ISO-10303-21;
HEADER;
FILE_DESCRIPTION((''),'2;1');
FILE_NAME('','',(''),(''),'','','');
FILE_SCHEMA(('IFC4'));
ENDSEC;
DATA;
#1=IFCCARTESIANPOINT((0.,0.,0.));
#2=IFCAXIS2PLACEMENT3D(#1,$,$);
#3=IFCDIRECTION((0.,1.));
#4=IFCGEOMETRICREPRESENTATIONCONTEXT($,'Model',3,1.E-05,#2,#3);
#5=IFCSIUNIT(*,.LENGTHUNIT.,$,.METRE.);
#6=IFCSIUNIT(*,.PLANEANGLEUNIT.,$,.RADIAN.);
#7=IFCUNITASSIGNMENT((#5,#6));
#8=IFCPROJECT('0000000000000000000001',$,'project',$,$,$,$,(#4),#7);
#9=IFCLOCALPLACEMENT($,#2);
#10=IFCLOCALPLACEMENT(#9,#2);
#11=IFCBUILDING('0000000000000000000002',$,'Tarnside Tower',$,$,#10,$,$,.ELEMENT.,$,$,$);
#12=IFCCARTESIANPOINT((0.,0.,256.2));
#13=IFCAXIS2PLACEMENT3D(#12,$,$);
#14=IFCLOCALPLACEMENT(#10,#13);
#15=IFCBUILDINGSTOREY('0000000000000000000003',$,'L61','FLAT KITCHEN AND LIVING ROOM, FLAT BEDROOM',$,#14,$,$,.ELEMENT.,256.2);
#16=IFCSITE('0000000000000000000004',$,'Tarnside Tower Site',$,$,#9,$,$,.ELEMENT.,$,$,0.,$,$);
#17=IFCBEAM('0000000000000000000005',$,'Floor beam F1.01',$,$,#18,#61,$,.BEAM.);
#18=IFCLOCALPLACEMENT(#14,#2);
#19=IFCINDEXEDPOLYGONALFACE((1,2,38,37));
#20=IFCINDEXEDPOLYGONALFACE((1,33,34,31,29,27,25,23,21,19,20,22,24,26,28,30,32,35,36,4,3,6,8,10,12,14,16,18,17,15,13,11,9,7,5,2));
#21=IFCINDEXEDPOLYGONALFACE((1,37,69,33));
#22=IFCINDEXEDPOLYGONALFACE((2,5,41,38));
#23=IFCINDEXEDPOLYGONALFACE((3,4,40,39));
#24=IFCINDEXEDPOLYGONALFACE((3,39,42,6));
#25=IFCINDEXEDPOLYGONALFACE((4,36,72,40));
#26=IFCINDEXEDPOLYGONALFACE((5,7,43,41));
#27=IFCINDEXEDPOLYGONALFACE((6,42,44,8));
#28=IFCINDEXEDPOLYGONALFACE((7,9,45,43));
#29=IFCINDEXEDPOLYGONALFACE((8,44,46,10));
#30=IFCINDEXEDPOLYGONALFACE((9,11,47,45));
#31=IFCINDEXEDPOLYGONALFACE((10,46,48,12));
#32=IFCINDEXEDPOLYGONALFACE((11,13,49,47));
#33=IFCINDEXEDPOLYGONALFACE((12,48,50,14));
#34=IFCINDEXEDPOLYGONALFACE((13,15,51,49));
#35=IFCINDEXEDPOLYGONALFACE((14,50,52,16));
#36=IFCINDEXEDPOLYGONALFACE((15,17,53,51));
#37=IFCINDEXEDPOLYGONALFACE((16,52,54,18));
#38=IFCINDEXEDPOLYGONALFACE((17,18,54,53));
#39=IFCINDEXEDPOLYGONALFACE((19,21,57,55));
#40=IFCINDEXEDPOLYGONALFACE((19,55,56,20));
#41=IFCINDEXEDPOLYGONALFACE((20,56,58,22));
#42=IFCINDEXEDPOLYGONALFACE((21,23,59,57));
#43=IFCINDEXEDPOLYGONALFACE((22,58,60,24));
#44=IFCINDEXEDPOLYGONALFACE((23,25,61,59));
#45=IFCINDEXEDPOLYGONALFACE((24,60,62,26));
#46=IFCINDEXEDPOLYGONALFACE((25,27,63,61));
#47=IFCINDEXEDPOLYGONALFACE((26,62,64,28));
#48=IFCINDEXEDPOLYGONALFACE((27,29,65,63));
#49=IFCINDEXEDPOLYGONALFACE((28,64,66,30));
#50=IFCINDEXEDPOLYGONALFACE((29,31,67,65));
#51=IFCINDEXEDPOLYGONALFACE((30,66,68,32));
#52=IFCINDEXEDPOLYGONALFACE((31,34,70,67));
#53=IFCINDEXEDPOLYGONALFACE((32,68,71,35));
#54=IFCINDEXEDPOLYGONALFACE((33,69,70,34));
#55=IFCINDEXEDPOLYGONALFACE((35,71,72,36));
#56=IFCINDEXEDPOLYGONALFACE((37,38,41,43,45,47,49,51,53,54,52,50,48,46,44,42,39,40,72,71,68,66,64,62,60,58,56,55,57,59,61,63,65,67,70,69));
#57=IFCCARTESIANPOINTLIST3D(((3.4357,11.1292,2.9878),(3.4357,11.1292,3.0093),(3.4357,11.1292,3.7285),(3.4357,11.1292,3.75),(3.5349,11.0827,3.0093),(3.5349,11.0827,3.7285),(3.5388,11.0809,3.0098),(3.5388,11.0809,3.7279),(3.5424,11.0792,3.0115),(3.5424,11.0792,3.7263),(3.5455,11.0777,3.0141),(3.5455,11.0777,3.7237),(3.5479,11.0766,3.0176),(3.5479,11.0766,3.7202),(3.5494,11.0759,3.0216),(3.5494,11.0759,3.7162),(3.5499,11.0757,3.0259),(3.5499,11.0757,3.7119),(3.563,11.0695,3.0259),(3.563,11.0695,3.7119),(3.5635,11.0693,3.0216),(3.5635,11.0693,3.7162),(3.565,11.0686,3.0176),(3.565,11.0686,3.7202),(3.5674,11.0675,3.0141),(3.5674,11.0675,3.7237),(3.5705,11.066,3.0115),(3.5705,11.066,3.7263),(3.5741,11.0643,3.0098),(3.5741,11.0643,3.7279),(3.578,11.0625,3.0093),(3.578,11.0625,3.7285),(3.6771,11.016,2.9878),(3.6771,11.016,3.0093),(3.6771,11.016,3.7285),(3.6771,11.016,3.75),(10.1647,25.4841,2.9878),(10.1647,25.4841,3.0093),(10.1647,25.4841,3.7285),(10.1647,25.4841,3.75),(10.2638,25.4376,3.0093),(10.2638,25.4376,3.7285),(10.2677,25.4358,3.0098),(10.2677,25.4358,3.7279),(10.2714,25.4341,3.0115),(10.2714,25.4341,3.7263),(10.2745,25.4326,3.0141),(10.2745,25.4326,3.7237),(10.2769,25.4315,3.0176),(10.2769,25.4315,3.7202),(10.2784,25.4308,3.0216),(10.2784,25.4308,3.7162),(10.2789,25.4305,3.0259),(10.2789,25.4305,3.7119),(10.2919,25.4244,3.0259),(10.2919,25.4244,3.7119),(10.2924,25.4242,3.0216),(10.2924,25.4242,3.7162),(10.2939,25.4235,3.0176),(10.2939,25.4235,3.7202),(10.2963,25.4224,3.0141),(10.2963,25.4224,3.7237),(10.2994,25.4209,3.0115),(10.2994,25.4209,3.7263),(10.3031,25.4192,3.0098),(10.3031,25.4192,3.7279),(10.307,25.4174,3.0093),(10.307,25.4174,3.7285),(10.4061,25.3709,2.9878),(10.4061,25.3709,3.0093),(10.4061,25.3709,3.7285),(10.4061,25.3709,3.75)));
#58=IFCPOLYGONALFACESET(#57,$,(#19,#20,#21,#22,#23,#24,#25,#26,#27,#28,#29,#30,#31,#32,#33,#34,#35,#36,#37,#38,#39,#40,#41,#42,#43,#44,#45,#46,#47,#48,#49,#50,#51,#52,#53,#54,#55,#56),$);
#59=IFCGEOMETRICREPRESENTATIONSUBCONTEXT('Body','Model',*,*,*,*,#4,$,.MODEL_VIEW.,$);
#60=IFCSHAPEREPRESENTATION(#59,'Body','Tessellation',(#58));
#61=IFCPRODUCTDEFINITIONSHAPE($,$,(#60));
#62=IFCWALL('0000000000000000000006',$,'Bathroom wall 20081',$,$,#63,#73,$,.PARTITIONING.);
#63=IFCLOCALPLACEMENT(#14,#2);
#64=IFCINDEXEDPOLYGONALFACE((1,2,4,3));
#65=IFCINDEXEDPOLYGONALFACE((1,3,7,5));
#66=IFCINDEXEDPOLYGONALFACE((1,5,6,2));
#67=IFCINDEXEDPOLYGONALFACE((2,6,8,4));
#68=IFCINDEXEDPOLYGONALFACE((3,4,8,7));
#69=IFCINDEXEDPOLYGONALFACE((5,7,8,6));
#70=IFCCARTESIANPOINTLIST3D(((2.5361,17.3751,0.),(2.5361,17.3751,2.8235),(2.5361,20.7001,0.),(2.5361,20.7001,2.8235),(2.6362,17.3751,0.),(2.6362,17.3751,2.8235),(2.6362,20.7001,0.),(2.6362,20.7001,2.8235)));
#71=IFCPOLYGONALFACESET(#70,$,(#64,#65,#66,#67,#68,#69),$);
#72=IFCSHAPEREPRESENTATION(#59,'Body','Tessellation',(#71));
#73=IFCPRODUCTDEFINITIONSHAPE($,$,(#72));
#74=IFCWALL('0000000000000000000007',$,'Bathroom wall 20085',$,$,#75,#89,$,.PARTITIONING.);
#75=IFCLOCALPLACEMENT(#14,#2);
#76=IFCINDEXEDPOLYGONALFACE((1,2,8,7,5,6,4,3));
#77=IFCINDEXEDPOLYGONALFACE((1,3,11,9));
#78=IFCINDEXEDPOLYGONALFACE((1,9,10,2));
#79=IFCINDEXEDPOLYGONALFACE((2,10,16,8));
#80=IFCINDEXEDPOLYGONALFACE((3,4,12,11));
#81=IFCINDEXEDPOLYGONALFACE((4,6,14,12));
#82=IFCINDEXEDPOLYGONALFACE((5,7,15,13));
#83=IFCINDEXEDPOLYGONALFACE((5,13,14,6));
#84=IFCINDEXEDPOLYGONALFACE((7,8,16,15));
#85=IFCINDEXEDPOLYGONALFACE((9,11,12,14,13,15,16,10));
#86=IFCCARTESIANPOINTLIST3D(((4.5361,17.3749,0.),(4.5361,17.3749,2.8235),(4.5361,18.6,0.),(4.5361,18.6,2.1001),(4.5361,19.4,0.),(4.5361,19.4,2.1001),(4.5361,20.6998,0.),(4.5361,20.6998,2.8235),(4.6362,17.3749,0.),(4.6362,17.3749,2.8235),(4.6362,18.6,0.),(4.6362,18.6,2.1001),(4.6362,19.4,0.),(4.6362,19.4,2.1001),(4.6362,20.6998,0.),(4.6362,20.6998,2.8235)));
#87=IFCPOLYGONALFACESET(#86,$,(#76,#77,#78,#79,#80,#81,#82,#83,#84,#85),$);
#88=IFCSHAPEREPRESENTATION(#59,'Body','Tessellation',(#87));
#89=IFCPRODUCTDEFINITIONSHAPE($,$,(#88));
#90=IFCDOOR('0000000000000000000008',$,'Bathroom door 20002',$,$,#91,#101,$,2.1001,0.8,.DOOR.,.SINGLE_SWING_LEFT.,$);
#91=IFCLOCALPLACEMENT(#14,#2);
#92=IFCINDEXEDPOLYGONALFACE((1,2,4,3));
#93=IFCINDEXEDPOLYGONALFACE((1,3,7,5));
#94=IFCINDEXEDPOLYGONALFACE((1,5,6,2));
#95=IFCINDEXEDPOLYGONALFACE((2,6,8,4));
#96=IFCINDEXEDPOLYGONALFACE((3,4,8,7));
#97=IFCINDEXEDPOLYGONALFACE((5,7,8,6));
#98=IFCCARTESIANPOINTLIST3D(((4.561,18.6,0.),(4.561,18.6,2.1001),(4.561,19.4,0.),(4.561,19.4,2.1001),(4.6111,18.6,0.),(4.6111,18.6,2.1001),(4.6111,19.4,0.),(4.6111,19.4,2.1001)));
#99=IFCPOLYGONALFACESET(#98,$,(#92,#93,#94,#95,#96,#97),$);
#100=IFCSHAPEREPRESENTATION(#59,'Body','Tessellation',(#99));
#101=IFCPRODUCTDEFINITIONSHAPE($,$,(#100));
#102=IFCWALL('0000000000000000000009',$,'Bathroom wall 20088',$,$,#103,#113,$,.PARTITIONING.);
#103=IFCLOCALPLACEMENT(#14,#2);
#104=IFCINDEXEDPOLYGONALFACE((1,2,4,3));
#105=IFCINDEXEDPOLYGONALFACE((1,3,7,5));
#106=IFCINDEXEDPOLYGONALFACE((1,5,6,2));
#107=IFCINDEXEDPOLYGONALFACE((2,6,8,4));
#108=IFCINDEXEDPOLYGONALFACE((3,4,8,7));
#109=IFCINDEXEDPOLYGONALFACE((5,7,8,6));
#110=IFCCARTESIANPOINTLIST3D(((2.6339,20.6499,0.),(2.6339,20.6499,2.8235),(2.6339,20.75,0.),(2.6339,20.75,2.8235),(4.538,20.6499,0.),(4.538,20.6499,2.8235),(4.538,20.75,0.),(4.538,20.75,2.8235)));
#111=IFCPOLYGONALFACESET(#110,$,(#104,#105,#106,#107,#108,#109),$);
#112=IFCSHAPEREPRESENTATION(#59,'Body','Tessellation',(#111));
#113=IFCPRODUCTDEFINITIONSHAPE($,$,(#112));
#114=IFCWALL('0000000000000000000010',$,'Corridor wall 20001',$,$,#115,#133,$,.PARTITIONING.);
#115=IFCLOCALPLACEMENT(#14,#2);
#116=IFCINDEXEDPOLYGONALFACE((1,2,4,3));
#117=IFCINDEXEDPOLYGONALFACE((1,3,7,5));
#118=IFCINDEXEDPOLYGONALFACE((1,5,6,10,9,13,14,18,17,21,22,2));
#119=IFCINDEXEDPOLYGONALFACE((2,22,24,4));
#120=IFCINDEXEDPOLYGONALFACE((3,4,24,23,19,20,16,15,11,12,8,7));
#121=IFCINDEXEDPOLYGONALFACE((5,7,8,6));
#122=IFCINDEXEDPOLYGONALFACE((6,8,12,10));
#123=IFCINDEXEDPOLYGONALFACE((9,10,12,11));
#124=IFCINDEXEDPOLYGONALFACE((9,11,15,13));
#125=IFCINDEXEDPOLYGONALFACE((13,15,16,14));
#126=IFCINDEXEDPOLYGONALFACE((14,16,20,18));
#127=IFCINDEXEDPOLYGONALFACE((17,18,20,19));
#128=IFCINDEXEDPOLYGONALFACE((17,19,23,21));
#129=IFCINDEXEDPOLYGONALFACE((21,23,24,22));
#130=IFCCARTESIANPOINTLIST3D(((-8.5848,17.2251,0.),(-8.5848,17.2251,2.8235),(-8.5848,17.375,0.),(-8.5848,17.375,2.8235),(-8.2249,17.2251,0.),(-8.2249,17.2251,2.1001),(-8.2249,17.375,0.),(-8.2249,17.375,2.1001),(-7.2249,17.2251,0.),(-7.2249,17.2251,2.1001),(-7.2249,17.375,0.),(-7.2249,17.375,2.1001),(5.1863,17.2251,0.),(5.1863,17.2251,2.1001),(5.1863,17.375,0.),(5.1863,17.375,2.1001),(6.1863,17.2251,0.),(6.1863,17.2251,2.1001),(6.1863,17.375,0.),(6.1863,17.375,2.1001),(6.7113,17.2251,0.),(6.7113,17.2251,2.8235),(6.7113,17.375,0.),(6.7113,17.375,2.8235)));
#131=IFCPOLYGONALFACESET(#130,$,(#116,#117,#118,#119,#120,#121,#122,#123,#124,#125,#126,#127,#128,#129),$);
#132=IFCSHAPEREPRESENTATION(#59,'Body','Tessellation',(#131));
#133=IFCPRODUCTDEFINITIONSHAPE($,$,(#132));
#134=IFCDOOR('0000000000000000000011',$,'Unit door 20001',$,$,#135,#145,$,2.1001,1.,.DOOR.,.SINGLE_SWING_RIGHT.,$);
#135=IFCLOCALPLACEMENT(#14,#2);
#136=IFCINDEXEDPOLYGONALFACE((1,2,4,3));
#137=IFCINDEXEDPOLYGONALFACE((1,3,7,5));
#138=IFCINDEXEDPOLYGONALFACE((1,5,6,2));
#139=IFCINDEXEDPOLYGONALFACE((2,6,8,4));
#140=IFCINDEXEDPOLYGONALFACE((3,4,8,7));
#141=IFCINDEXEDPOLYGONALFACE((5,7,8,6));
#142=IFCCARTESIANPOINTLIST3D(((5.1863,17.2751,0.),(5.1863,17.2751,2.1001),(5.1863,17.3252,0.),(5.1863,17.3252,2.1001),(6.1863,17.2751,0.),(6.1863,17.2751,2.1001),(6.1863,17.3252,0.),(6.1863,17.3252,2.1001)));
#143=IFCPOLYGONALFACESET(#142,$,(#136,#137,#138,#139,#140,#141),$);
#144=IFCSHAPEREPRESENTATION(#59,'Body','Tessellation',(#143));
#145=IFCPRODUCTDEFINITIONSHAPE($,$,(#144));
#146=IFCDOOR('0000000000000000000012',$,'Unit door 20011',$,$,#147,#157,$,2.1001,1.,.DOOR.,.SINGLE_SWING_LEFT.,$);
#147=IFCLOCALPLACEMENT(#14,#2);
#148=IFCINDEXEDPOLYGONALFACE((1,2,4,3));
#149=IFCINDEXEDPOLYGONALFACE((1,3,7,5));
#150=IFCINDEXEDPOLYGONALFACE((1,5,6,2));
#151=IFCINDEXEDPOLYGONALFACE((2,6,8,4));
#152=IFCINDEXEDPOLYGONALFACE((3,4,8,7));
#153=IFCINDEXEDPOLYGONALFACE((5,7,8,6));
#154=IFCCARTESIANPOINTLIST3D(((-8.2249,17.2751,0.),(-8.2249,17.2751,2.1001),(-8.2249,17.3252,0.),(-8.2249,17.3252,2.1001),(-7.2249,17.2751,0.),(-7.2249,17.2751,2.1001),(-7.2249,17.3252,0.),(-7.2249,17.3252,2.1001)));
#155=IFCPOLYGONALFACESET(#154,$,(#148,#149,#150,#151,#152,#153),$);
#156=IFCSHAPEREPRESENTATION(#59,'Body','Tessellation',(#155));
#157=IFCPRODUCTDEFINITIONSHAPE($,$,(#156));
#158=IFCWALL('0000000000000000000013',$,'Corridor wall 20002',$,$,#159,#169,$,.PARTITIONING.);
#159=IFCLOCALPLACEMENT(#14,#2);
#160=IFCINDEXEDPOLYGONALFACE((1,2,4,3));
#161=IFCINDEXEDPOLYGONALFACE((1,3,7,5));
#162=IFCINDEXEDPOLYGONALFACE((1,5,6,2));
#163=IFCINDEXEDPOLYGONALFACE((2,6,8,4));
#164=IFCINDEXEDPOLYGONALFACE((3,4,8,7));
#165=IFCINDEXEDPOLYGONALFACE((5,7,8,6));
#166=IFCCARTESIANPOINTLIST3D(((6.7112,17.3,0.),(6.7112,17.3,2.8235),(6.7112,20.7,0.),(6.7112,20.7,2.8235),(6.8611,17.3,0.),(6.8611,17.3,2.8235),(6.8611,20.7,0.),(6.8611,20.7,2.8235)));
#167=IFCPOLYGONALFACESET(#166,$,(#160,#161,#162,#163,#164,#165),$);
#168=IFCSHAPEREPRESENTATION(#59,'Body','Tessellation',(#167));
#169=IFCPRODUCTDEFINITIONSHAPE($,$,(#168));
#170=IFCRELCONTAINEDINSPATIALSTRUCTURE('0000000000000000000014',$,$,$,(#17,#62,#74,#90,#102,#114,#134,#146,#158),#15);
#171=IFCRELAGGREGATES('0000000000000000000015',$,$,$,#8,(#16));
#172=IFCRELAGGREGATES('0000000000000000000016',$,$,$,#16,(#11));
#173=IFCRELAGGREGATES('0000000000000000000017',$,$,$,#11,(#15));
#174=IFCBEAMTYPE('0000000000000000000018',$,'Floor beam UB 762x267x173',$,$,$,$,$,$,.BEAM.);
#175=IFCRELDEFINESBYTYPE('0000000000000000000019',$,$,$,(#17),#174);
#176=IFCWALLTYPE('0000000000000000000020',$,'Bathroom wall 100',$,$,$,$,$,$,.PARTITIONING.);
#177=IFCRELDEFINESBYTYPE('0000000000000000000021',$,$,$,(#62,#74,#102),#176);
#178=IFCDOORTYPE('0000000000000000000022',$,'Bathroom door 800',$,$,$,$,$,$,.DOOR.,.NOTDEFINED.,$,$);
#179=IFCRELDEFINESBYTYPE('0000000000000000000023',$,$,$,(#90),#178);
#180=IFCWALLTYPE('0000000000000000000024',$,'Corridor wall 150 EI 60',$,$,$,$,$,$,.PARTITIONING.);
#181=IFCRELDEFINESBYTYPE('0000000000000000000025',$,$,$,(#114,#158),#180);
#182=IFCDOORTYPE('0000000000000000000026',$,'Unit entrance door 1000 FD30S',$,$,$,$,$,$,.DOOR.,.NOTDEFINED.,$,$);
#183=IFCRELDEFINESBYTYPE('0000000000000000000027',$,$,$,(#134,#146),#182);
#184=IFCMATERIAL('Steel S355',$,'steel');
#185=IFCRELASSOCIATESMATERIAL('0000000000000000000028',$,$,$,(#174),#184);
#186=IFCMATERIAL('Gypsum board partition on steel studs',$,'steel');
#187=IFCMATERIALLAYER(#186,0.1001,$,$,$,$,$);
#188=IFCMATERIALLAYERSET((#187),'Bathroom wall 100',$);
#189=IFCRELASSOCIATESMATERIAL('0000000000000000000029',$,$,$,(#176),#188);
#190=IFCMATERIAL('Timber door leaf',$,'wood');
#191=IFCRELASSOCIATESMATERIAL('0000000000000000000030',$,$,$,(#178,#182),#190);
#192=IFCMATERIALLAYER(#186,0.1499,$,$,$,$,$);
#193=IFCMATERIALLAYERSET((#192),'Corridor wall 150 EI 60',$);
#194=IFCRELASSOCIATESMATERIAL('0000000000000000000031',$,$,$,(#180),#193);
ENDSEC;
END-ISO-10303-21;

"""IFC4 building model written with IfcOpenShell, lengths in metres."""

from ifc_helpers import new_model, si_unit, direction, frame, frame_2d, origin, origin_2d, place, context, subcontext, project, spatial, rectangle, i_section, extrude, material, layer, layer_set, material_profile, profile_set, type_object, element, fill, save


model = new_model("IFC4")

# Units and contexts
model_context = context("Model", 3, precision=1e-05, world=origin(), true_north=direction((0.0, 1.0)))
body_context = subcontext(model_context, "Body", "Model", "MODEL_VIEW")
ifc_project = project(units=[si_unit("LENGTHUNIT", "METRE"), si_unit("PLANEANGLEUNIT", "RADIAN")], contexts=[model_context])

# Site, building, storey
site_placement = place(None, origin())
site = spatial("IfcSite", under=ifc_project, at=site_placement, Name="Tarnside Tower Site", CompositionType="ELEMENT", RefElevation=0.0)
building_placement = place(site_placement, origin())
building = spatial("IfcBuilding", under=site, at=building_placement, Name="Tarnside Tower", CompositionType="ELEMENT")
storey_placement = place(building_placement, frame((0.0, 0.0, 256.2)))
storey = spatial("IfcBuildingStorey", under=building, at=storey_placement, Name="L61", Description="FLAT KITCHEN AND LIVING ROOM, FLAT BEDROOM", CompositionType="ELEMENT", Elevation=256.2)

# Beam
ifc_material_1 = material(Name="Steel S355", Category="steel")
ifc_material_profile = material_profile(ifc_material_1, i_section(OverallWidth=0.2666, OverallDepth=0.7622, WebThickness=0.0144, FlangeThickness=0.0215, FilletRadius=0.0166, at=origin_2d()), Name="UB 762x267x173")
ifc_profile_set = profile_set([ifc_material_profile], Name="Steel S355")
beam_type = type_object("IfcBeamType", Name="Floor beam UB 762x267x173", PredefinedType="BEAM", material=ifc_profile_set)
beam_placement = place(storey_placement, frame((10.2854, 25.4275, 3.3689), z_axis=(-0.424439, -0.905456, 0.0), x_axis=(0.905456, -0.424439, 0.0)))
element("IfcBeam", 1, at=beam_placement, inside=storey, type_object=beam_type, Name="Floor beam F1.01", PredefinedType="BEAM", context=body_context, shape_type="SweptSolid", body=[
    extrude(i_section(OverallWidth=0.2666, OverallDepth=0.7622, WebThickness=0.0144, FlangeThickness=0.0215, FilletRadius=0.0166, at=origin_2d()), origin(), (0.0, 0.0, 1.0), 15.8538),
])

# Wall
ifc_material_2 = material(Name="Gypsum board partition on steel studs", Category="steel")
ifc_layer_1 = layer(ifc_material_2, 0.1001)
ifc_layer_set_1 = layer_set([ifc_layer_1], Name="Bathroom wall 100")
wall_type_1 = type_object("IfcWallType", Name="Bathroom wall 100", PredefinedType="PARTITIONING", material=ifc_layer_set_1)
wall_1_placement = place(storey_placement, frame((2.5862, 17.375, 0.0), z_axis=(0.0, 0.0, 1.0), x_axis=(0.0, 1.0, 0.0)))
element("IfcWall", 2, at=wall_1_placement, inside=storey, type_object=wall_type_1, Name="Bathroom wall 20081", PredefinedType="PARTITIONING", context=body_context, shape_type="SweptSolid", body=[
    extrude(rectangle(XDim=3.325, YDim=0.1001, at=frame_2d((1.6626, 0.0))), origin(), (0.0, 0.0, 1.0), 2.8235),
])

# Wall, opening, door
wall_2_placement = place(storey_placement, frame((4.5862, 20.7, 0.0), z_axis=(0.0, 0.0, 1.0), x_axis=(0.0, -1.0, 0.0)))
wall_2 = element("IfcWall", 3, at=wall_2_placement, inside=storey, type_object=wall_type_1, Name="Bathroom wall 20085", PredefinedType="PARTITIONING", context=body_context, shape_type="SweptSolid", body=[
    extrude(rectangle(XDim=3.325, YDim=0.1001, at=frame_2d((1.6626, 0.0))), origin(), (0.0, 0.0, 1.0), 2.8235),
])
opening_1_placement = place(wall_2_placement, frame((1.3, 0.0, 0.0)))
opening_1 = element("IfcOpeningElement", 4, at=opening_1_placement, cuts=wall_2, PredefinedType="OPENING", context=body_context, shape_type="SweptSolid", body=[
    extrude(rectangle(XDim=0.8, YDim=2.1001, at=frame_2d((0.3999, 1.05))), frame((0.0, 0.0601, 0.0), z_axis=(0.0, -1.0, 0.0), x_axis=(1.0, 0.0, 0.0)), (0.0, 0.0, 1.0), 0.1201),
])
ifc_material_3 = material(Name="Timber door leaf", Category="wood")
door_type_1 = type_object("IfcDoorType", Name="Bathroom door 800", OperationType="NOTDEFINED", PredefinedType="DOOR", material=ifc_material_3)
door_1_placement = place(opening_1_placement, origin())
door_1 = element("IfcDoor", 5, at=door_1_placement, inside=storey, type_object=door_type_1, Name="Bathroom door 20002", OperationType="SINGLE_SWING_LEFT", OverallHeight=2.1001, OverallWidth=0.8, PredefinedType="DOOR", context=body_context, shape_type="SweptSolid", body=[
    extrude(rectangle(XDim=0.8, YDim=2.1001, at=frame_2d((0.3999, 1.05))), frame((0.0, 0.0249, 0.0), z_axis=(0.0, -1.0, 0.0), x_axis=(1.0, 0.0, 0.0)), (0.0, 0.0, 1.0), 0.05),
])
fill(opening_1, door_1)

# Wall
wall_3_placement = place(storey_placement, frame((4.5381, 20.7, 0.0), z_axis=(0.0, 0.0, 1.0), x_axis=(-1.0, 0.0, 0.0)))
element("IfcWall", 6, at=wall_3_placement, inside=storey, type_object=wall_type_1, Name="Bathroom wall 20088", PredefinedType="PARTITIONING", context=body_context, shape_type="SweptSolid", body=[
    extrude(rectangle(XDim=1.9041, YDim=0.1001, at=frame_2d((0.9521, 0.0))), origin(), (0.0, 0.0, 1.0), 2.8235),
])

# Wall, openings, doors
ifc_layer_2 = layer(ifc_material_2, 0.1499)
ifc_layer_set_2 = layer_set([ifc_layer_2], Name="Corridor wall 150 EI 60")
wall_type_2 = type_object("IfcWallType", Name="Corridor wall 150 EI 60", PredefinedType="PARTITIONING", material=ifc_layer_set_2)
wall_4_placement = place(storey_placement, frame((6.7112, 17.3, 0.0), z_axis=(0.0, 0.0, 1.0), x_axis=(-1.0, 0.0, 0.0)))
wall_4 = element("IfcWall", 7, at=wall_4_placement, inside=storey, type_object=wall_type_2, Name="Corridor wall 20001", PredefinedType="PARTITIONING", context=body_context, shape_type="SweptSolid", body=[
    extrude(rectangle(XDim=15.2961, YDim=0.1499, at=frame_2d((7.6479, 0.0))), origin(), (0.0, 0.0, 1.0), 2.8235),
])
opening_2_placement = place(wall_4_placement, frame((0.5249, 0.0, 0.0)))
opening_2 = element("IfcOpeningElement", 8, at=opening_2_placement, cuts=wall_4, PredefinedType="OPENING", context=body_context, shape_type="SweptSolid", body=[
    extrude(rectangle(XDim=1.0, YDim=2.1001, at=frame_2d((0.5, 1.05))), frame((0.0, 0.085, 0.0), z_axis=(0.0, -1.0, 0.0), x_axis=(1.0, 0.0, 0.0)), (0.0, 0.0, 1.0), 0.1699),
])
opening_3_placement = place(wall_4_placement, frame((13.936, 0.0, 0.0)))
opening_3 = element("IfcOpeningElement", 9, at=opening_3_placement, cuts=wall_4, PredefinedType="OPENING", context=body_context, shape_type="SweptSolid", body=[
    extrude(rectangle(XDim=1.0, YDim=2.1001, at=frame_2d((0.5, 1.05))), frame((0.0, 0.085, 0.0), z_axis=(0.0, -1.0, 0.0), x_axis=(1.0, 0.0, 0.0)), (0.0, 0.0, 1.0), 0.1699),
])
door_type_2 = type_object("IfcDoorType", Name="Unit entrance door 1000 FD30S", OperationType="NOTDEFINED", PredefinedType="DOOR", material=ifc_material_3)
door_2_placement = place(opening_2_placement, origin())
door_2 = element("IfcDoor", 10, at=door_2_placement, inside=storey, type_object=door_type_2, Name="Unit door 20001", OperationType="SINGLE_SWING_RIGHT", OverallHeight=2.1001, OverallWidth=1.0, PredefinedType="DOOR", context=body_context, shape_type="SweptSolid", body=[
    extrude(rectangle(XDim=1.0, YDim=2.1001, at=frame_2d((0.5, 1.05))), frame((0.0, 0.0249, 0.0), z_axis=(0.0, -1.0, 0.0), x_axis=(1.0, 0.0, 0.0)), (0.0, 0.0, 1.0), 0.05),
])
fill(opening_2, door_2)
door_3_placement = place(opening_3_placement, origin())
door_3 = element("IfcDoor", 11, at=door_3_placement, inside=storey, type_object=door_type_2, Name="Unit door 20011", OperationType="SINGLE_SWING_LEFT", OverallHeight=2.1001, OverallWidth=1.0, PredefinedType="DOOR", context=body_context, shape_type="SweptSolid", body=[
    extrude(rectangle(XDim=1.0, YDim=2.1001, at=frame_2d((0.5, 1.05))), frame((0.0, 0.0249, 0.0), z_axis=(0.0, -1.0, 0.0), x_axis=(1.0, 0.0, 0.0)), (0.0, 0.0, 1.0), 0.05),
])
fill(opening_3, door_3)

# Wall
wall_5_placement = place(storey_placement, frame((6.7861, 20.7, 0.0), z_axis=(0.0, 0.0, 1.0), x_axis=(0.0, -1.0, 0.0)))
element("IfcWall", 12, at=wall_5_placement, inside=storey, type_object=wall_type_2, Name="Corridor wall 20002", PredefinedType="PARTITIONING", context=body_context, shape_type="SweptSolid", body=[
    extrude(rectangle(XDim=3.3999, YDim=0.1499, at=frame_2d((1.7, 0.0))), origin(), (0.0, 0.0, 1.0), 2.8235),
])

save(model, "model.ifc")
